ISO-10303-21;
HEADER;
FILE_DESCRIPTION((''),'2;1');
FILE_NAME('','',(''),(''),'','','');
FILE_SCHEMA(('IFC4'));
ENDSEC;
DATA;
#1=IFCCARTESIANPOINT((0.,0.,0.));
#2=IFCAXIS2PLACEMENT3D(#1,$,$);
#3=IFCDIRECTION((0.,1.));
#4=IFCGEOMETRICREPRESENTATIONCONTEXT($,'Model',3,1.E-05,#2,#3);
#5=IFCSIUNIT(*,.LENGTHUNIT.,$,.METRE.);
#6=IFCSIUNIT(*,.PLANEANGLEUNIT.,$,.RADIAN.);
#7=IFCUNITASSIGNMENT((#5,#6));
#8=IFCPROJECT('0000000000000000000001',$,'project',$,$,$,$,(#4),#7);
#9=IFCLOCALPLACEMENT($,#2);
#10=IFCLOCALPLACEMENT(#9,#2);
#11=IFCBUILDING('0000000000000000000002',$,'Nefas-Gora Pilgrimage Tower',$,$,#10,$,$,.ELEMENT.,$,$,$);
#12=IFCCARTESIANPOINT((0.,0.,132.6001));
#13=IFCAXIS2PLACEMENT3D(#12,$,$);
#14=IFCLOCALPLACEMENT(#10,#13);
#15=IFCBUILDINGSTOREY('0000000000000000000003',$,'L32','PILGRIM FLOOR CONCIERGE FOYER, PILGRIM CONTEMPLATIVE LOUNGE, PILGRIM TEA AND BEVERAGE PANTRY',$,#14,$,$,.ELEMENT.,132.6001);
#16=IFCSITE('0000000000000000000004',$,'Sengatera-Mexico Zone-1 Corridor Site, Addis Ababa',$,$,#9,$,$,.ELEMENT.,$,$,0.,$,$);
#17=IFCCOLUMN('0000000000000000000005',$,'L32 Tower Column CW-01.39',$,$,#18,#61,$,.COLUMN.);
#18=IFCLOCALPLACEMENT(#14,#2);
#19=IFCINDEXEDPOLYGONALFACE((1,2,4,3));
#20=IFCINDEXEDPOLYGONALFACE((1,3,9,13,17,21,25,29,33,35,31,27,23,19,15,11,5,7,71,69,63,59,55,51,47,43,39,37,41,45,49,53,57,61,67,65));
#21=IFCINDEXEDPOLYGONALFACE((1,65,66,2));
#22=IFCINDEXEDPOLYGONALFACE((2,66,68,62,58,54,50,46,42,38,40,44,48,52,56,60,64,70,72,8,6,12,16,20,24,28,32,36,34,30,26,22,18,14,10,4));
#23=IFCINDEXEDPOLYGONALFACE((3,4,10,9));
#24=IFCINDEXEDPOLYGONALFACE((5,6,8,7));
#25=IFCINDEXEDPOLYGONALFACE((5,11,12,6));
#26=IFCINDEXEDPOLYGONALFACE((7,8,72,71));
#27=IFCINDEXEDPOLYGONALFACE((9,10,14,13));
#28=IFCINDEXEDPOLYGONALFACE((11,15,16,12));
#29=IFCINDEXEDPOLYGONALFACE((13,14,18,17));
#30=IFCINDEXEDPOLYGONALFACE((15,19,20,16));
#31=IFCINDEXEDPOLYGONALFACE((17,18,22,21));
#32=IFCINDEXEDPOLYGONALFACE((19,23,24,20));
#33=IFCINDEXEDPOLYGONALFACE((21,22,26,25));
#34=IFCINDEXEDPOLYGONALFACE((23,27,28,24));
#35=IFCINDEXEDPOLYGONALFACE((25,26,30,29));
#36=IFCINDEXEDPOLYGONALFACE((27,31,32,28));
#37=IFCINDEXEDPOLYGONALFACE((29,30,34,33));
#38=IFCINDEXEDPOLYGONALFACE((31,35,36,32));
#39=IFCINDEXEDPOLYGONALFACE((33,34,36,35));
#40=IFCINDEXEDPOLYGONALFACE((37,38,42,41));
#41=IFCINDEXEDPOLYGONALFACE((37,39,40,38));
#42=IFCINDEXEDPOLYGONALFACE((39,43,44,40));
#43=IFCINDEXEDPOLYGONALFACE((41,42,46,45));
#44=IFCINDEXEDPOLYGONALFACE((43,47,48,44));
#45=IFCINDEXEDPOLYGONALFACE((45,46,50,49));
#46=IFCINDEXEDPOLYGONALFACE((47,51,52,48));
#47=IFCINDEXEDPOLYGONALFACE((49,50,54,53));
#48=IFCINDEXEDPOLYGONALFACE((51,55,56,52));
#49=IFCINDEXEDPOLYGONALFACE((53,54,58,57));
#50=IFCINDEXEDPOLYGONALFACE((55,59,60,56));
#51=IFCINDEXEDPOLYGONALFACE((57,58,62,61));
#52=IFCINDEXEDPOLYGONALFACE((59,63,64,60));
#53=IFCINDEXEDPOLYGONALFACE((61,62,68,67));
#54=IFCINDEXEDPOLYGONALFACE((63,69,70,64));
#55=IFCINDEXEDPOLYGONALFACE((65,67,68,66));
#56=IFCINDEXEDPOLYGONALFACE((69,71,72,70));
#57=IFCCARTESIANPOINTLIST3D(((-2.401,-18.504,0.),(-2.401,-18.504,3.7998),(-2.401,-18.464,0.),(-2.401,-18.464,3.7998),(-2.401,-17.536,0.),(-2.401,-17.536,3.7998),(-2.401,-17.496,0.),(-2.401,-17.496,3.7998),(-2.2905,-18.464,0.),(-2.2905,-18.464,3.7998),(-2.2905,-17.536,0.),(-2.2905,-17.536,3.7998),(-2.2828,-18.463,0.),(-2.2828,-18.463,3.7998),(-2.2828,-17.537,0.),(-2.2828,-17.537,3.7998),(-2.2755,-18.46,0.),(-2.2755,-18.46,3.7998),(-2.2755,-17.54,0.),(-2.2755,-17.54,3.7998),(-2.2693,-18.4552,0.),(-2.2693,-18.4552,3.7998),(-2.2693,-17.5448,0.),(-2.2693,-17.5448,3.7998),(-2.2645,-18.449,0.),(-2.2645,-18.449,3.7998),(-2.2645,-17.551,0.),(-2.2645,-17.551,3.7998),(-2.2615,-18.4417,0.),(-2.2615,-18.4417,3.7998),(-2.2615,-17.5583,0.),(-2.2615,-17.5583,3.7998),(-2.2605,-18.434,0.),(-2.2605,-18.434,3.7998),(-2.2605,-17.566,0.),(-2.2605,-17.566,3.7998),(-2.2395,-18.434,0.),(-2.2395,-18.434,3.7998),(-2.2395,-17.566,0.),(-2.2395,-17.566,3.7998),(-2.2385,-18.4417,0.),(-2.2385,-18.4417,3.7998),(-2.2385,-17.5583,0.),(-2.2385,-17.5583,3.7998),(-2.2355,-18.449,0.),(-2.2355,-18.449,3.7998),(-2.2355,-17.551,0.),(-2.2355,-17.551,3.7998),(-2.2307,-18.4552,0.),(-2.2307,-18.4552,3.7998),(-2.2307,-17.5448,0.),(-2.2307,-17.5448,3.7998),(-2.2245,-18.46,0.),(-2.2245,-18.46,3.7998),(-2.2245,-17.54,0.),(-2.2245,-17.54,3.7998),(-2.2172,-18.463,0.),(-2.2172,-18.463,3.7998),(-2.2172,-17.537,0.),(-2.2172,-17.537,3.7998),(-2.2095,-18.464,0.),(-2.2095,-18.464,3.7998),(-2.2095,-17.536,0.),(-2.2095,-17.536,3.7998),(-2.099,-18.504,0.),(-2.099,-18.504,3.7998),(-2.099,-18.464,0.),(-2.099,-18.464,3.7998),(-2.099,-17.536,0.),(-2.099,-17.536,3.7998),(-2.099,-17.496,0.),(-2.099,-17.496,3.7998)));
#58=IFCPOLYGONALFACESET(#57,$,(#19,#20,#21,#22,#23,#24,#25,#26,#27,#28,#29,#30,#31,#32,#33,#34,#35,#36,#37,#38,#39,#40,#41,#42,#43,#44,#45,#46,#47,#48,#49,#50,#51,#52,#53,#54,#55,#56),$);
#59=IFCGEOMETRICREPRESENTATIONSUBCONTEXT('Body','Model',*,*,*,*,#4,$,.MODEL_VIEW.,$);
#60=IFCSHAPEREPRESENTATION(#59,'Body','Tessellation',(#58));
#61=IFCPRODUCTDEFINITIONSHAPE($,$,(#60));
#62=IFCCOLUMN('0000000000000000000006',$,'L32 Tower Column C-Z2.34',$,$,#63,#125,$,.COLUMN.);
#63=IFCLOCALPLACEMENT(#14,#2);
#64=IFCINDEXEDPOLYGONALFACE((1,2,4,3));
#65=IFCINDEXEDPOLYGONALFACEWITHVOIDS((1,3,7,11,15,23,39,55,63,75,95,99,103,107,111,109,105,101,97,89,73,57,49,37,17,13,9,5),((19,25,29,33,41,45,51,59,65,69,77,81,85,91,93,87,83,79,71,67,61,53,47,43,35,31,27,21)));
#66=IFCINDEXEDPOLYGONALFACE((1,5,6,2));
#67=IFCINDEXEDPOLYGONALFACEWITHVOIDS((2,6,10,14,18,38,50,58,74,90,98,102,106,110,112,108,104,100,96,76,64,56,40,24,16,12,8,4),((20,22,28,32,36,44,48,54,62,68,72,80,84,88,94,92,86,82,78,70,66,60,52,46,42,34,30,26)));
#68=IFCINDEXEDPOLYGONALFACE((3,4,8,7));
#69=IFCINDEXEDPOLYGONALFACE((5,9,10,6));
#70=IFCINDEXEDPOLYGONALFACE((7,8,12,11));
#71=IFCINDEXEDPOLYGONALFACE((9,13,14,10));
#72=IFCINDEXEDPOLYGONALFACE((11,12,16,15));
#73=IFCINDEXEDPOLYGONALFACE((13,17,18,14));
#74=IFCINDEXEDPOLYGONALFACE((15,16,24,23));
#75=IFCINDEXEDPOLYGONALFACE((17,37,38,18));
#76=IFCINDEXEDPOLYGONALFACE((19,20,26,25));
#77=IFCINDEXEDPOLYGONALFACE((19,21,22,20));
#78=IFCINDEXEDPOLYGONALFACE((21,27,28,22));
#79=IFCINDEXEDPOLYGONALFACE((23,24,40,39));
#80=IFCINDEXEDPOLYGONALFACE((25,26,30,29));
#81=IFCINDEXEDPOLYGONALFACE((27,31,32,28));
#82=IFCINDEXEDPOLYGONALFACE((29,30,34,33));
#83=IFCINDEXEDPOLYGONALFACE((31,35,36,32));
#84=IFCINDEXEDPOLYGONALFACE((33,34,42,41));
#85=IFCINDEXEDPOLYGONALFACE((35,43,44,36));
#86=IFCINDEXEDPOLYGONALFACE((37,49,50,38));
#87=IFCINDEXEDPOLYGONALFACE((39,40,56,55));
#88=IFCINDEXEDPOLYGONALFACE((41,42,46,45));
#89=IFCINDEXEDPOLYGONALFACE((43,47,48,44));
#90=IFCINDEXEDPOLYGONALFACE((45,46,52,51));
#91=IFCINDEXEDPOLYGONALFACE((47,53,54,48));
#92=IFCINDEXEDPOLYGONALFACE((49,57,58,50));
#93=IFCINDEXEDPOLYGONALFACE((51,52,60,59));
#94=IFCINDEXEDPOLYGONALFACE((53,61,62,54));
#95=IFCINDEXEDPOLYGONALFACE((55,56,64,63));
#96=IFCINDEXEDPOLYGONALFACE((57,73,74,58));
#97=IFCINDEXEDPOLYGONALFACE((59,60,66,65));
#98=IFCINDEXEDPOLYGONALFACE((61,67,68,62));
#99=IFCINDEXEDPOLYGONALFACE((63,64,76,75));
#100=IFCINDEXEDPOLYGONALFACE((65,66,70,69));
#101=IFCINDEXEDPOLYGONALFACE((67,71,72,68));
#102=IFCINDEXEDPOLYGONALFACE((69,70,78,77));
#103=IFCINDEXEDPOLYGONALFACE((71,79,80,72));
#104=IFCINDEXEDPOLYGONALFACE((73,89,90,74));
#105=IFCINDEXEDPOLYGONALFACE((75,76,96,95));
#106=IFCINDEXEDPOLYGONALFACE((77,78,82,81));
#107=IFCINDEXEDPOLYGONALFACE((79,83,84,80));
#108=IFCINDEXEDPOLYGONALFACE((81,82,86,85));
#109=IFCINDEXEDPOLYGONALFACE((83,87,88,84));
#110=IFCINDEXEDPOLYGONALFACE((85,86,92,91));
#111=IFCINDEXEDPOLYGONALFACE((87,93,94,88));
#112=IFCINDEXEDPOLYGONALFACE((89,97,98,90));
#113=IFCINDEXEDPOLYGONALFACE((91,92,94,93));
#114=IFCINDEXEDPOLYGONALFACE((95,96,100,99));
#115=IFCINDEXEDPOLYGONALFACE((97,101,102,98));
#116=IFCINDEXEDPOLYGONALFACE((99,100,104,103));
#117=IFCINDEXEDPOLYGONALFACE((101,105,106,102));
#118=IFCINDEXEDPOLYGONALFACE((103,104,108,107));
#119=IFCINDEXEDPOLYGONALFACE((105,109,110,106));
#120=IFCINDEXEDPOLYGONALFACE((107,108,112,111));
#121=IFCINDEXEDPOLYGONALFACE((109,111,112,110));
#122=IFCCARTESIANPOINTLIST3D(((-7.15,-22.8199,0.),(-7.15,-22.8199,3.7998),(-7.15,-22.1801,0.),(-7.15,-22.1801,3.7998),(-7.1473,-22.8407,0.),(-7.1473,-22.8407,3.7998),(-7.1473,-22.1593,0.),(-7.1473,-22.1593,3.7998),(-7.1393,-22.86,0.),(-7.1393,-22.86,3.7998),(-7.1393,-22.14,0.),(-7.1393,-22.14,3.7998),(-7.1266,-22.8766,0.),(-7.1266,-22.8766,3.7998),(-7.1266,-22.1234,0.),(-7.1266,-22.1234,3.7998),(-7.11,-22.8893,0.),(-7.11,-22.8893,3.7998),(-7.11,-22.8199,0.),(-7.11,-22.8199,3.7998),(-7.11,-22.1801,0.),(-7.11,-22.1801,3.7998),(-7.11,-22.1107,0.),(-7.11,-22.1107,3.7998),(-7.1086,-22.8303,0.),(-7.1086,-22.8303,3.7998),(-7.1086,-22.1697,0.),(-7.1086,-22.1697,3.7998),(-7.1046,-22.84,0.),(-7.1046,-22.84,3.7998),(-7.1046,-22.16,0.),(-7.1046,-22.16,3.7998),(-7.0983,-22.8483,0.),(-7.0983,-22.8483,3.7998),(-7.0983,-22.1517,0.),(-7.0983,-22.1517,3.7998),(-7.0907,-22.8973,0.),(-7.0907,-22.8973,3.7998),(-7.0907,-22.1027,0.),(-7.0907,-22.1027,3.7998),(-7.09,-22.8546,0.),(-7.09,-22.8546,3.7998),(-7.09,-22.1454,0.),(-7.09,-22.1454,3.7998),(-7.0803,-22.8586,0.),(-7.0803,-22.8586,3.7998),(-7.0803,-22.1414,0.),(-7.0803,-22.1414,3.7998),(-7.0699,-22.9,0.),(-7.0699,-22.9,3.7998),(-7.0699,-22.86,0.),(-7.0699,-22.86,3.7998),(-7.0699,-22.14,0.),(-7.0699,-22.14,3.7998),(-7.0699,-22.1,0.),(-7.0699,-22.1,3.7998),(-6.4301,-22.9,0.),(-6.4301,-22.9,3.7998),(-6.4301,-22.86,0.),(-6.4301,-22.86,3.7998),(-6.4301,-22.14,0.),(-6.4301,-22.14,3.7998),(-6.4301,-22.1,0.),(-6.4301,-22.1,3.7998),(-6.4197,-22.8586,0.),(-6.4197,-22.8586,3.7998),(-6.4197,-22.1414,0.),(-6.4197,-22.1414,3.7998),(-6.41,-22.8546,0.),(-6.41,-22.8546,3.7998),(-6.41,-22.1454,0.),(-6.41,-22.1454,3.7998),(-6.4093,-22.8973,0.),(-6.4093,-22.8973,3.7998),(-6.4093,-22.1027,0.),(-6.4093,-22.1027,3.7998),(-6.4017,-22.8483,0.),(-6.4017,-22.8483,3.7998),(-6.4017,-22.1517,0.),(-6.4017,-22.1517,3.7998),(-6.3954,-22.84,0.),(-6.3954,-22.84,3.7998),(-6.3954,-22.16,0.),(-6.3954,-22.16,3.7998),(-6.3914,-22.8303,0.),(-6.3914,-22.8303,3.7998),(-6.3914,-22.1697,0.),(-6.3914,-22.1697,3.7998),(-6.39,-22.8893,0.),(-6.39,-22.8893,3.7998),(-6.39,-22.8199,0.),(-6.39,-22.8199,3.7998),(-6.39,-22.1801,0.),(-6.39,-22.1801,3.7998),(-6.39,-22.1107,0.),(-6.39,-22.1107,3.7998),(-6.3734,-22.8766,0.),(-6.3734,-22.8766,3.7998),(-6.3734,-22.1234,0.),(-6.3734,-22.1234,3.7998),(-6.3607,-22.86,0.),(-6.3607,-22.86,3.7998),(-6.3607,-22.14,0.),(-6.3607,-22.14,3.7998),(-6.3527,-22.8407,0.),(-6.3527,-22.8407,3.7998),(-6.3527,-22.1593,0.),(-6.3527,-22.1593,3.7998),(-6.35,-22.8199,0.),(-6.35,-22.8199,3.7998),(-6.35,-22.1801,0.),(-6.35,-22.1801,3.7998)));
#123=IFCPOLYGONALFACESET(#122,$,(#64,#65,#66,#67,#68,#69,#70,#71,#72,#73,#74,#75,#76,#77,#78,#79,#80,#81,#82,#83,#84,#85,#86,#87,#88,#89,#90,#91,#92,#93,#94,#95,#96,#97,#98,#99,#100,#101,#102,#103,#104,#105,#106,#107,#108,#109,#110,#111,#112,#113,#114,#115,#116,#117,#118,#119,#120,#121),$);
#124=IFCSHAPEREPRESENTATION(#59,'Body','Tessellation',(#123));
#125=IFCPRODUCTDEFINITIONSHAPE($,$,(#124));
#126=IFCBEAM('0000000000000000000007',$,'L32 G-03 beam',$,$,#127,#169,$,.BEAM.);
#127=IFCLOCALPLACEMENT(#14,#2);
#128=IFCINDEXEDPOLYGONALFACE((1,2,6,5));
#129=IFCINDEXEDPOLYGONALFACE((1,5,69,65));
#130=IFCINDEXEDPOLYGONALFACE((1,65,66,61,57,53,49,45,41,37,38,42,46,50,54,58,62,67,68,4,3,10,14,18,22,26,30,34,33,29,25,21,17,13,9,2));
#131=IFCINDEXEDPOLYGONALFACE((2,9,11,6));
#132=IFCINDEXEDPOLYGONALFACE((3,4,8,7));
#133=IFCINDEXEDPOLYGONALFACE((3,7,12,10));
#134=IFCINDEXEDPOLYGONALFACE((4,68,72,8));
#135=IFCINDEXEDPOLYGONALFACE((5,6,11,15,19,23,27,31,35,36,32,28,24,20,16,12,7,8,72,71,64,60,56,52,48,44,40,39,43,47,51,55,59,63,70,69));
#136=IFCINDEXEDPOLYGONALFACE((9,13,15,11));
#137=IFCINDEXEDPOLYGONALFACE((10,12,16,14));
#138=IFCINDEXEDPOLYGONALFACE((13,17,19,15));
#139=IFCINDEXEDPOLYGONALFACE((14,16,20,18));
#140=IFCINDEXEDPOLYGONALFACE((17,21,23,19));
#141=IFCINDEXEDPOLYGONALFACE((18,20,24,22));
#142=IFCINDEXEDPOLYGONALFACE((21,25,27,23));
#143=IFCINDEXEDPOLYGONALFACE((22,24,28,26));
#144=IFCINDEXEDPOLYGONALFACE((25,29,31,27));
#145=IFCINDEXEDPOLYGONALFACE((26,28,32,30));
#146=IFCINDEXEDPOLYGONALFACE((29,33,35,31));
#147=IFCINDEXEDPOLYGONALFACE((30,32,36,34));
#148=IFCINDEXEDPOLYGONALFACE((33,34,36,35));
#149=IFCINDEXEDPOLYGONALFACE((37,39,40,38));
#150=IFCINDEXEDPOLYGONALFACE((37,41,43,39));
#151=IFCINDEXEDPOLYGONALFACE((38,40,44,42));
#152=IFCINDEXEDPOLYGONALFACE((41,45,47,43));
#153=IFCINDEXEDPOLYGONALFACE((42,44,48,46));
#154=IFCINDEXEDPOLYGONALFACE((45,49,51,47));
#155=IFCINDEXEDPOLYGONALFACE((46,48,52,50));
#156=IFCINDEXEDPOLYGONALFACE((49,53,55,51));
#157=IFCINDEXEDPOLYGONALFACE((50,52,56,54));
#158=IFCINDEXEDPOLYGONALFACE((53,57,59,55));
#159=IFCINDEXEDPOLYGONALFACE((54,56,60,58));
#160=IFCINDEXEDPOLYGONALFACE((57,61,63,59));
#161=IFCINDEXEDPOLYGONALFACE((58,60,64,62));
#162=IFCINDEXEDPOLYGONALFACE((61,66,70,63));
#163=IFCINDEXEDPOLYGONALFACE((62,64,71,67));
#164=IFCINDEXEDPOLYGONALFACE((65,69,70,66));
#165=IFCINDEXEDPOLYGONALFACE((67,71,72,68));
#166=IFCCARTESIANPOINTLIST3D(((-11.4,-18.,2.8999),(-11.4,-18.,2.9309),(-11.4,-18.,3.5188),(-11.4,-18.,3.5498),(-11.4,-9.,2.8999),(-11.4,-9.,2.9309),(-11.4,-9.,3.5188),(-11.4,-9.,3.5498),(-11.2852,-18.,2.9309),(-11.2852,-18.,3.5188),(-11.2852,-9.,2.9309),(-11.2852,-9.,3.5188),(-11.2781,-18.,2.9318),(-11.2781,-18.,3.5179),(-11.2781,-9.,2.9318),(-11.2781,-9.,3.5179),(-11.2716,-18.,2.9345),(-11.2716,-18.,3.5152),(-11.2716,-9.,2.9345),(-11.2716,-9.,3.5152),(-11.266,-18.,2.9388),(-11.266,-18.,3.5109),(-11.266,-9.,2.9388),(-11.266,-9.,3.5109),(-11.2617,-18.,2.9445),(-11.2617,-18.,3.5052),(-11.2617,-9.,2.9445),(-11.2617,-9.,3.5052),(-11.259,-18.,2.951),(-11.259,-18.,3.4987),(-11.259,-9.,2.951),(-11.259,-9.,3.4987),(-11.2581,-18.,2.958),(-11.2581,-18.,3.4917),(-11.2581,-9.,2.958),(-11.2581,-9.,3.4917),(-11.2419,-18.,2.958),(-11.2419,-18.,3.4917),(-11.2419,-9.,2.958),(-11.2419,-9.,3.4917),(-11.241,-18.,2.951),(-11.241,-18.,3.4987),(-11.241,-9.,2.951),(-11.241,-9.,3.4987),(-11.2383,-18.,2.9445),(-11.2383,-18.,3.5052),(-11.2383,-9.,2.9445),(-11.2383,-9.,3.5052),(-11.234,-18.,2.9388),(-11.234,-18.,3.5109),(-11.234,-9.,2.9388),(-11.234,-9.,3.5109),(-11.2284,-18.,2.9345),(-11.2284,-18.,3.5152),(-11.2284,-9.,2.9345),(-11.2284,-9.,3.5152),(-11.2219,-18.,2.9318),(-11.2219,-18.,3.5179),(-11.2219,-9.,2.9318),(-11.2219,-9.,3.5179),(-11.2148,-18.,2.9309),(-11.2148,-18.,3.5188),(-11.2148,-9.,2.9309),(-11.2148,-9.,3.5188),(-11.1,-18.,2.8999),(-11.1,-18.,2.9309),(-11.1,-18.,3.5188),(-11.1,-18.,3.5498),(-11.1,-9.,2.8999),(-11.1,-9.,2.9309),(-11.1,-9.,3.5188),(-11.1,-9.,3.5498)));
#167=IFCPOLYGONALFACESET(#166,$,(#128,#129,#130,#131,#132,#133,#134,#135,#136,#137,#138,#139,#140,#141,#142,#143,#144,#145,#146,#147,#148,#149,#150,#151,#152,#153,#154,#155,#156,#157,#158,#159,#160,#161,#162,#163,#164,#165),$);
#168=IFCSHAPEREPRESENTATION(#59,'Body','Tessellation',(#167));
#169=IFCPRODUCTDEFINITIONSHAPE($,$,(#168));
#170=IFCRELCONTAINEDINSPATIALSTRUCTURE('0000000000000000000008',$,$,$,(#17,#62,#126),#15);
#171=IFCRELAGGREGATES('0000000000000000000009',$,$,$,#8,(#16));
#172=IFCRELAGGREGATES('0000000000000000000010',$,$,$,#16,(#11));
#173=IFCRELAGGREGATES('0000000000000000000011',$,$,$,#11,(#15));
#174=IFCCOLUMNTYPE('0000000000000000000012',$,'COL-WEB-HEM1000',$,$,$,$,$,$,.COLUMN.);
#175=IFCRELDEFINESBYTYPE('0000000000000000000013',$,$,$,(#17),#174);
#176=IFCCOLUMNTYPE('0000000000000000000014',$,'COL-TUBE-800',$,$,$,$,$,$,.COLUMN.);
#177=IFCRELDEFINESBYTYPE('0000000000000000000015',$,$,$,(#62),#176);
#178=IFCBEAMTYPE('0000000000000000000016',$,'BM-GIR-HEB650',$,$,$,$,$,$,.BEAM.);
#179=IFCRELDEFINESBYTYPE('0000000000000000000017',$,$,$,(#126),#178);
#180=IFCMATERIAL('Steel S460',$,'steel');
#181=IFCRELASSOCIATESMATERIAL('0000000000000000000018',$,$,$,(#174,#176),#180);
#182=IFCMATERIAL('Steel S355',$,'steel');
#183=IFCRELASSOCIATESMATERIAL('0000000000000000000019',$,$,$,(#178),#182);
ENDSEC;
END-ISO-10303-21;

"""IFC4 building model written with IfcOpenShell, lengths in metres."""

from ifc_helpers import new_model, si_unit, direction, frame, origin, origin_2d, place, context, subcontext, project, spatial, hollow_rectangle, i_section, extrude, source, transform, mapped, material, material_profile, profile_set, type_object, element, save


model = new_model("IFC4")

# Units and contexts
model_context = context("Model", 3, precision=1e-05, world=origin(), true_north=direction((0.0, 1.0)))
body_context = subcontext(model_context, "Body", "Model", "MODEL_VIEW")
ifc_project = project(units=[si_unit("LENGTHUNIT", "METRE"), si_unit("PLANEANGLEUNIT", "RADIAN")], contexts=[model_context])

# Site, building, storey
site_placement = place(None, origin())
site = spatial("IfcSite", under=ifc_project, at=site_placement, Name="Sengatera-Mexico Zone-1 Corridor Site, Addis Ababa", CompositionType="ELEMENT", RefElevation=0.0)
building_placement = place(site_placement, origin())
building = spatial("IfcBuilding", under=site, at=building_placement, Name="Nefas-Gora Pilgrimage Tower", CompositionType="ELEMENT")
storey_placement = place(building_placement, frame((0.0, 0.0, 132.6001)))
storey = spatial("IfcBuildingStorey", under=building, at=storey_placement, Name="L32", Description="PILGRIM FLOOR CONCIERGE FOYER, PILGRIM CONTEMPLATIVE LOUNGE, PILGRIM TEA AND BEVERAGE PANTRY", CompositionType="ELEMENT", Elevation=132.6001)

# Columns
ifc_material_1 = material(Name="Steel S460", Category="steel")
ifc_material_profile_1 = material_profile(ifc_material_1, i_section(OverallWidth=0.302, OverallDepth=1.0081, WebThickness=0.021, FlangeThickness=0.04, FilletRadius=0.03, at=origin_2d()), Name="HEM 1000")
ifc_profile_set_1 = profile_set([ifc_material_profile_1], Name="Steel S460")
column_type_1 = type_object("IfcColumnType", Name="COL-WEB-HEM1000", PredefinedType="COLUMN", material=ifc_profile_set_1)
shared_shape_1 = source(origin(), body_context, "Body", "SweptSolid", [
    extrude(i_section(OverallWidth=0.302, OverallDepth=1.0081, WebThickness=0.021, FlangeThickness=0.04, FilletRadius=0.03, at=origin_2d()), origin(), (0.0, 0.0, 1.0), 3.7998),
])
for number, where, z_axis, x_axis, name in (
    (1, (-2.25, -18.0, 0.0), (0.0, 0.0, 1.0), (1.0, 0.0, 0.0), "L32 Tower Column CW-01.39"),
):
    element("IfcColumn", number, at=place(storey_placement, frame(where, z_axis=z_axis, x_axis=x_axis)), inside=storey, type_object=column_type_1, Name=name, PredefinedType="COLUMN", context=body_context, shape_type="MappedRepresentation", body=[
        mapped(shared_shape_1, transform((0.0, 0.0, 0.0), x_axis=(1.0, 0.0, 0.0), y_axis=(0.0, 1.0, 0.0), z_axis=(0.0, 0.0, 1.0), scale=1.0)),
    ])
ifc_material_profile_2 = material_profile(ifc_material_1, hollow_rectangle(XDim=0.8, YDim=0.8, WallThickness=0.04, InnerFilletRadius=0.04, OuterFilletRadius=0.0801, at=origin_2d()), Name="BOX 800x800x40")
ifc_profile_set_2 = profile_set([ifc_material_profile_2], Name="Steel S460")
column_type_2 = type_object("IfcColumnType", Name="COL-TUBE-800", PredefinedType="COLUMN", material=ifc_profile_set_2)
shared_shape_2 = source(origin(), body_context, "Body", "SweptSolid", [
    extrude(hollow_rectangle(XDim=0.8, YDim=0.8, WallThickness=0.04, InnerFilletRadius=0.04, OuterFilletRadius=0.0801, at=origin_2d()), origin(), (0.0, 0.0, 1.0), 3.7998),
])
column_placement = place(storey_placement, frame((-6.75, -22.5, 0.0), z_axis=(0.0, 0.0, 1.0), x_axis=(1.0, 0.0, 0.0)))
element("IfcColumn", 2, at=column_placement, inside=storey, type_object=column_type_2, Name="L32 Tower Column C-Z2.34", PredefinedType="COLUMN", context=body_context, shape_type="MappedRepresentation", body=[
    mapped(shared_shape_2, transform((0.0, 0.0, 0.0), x_axis=(1.0, 0.0, 0.0), y_axis=(0.0, 1.0, 0.0), z_axis=(0.0, 0.0, 1.0), scale=1.0)),
])

# Beam
ifc_material_2 = material(Name="Steel S355", Category="steel")
ifc_material_profile_3 = material_profile(ifc_material_2, i_section(OverallWidth=0.3, OverallDepth=0.6499, WebThickness=0.0161, FlangeThickness=0.031, FilletRadius=0.0271, at=origin_2d()), Name="HEB 650")
ifc_profile_set_3 = profile_set([ifc_material_profile_3], Name="Steel S355")
beam_type = type_object("IfcBeamType", Name="BM-GIR-HEB650", PredefinedType="BEAM", material=ifc_profile_set_3)
shared_shape_3 = source(origin(), body_context, "Body", "SweptSolid", [
    extrude(i_section(OverallWidth=0.3, OverallDepth=0.6499, WebThickness=0.0161, FlangeThickness=0.031, FilletRadius=0.0271, at=origin_2d()), origin(), (0.0, 0.0, 1.0), 9.0),
])
beam_placement = place(storey_placement, frame((-11.25, -18.0, 3.2249), z_axis=(0.0, 1.0, 0.0), x_axis=(-1.0, 0.0, 0.0)))
element("IfcBeam", 3, at=beam_placement, inside=storey, type_object=beam_type, Name="L32 G-03 beam", PredefinedType="BEAM", context=body_context, shape_type="MappedRepresentation", body=[
    mapped(shared_shape_3, transform((0.0, 0.0, 0.0), x_axis=(1.0, 0.0, 0.0), y_axis=(0.0, 1.0, 0.0), z_axis=(0.0, 0.0, 1.0), scale=1.0)),
])

save(model, "model.ifc")
